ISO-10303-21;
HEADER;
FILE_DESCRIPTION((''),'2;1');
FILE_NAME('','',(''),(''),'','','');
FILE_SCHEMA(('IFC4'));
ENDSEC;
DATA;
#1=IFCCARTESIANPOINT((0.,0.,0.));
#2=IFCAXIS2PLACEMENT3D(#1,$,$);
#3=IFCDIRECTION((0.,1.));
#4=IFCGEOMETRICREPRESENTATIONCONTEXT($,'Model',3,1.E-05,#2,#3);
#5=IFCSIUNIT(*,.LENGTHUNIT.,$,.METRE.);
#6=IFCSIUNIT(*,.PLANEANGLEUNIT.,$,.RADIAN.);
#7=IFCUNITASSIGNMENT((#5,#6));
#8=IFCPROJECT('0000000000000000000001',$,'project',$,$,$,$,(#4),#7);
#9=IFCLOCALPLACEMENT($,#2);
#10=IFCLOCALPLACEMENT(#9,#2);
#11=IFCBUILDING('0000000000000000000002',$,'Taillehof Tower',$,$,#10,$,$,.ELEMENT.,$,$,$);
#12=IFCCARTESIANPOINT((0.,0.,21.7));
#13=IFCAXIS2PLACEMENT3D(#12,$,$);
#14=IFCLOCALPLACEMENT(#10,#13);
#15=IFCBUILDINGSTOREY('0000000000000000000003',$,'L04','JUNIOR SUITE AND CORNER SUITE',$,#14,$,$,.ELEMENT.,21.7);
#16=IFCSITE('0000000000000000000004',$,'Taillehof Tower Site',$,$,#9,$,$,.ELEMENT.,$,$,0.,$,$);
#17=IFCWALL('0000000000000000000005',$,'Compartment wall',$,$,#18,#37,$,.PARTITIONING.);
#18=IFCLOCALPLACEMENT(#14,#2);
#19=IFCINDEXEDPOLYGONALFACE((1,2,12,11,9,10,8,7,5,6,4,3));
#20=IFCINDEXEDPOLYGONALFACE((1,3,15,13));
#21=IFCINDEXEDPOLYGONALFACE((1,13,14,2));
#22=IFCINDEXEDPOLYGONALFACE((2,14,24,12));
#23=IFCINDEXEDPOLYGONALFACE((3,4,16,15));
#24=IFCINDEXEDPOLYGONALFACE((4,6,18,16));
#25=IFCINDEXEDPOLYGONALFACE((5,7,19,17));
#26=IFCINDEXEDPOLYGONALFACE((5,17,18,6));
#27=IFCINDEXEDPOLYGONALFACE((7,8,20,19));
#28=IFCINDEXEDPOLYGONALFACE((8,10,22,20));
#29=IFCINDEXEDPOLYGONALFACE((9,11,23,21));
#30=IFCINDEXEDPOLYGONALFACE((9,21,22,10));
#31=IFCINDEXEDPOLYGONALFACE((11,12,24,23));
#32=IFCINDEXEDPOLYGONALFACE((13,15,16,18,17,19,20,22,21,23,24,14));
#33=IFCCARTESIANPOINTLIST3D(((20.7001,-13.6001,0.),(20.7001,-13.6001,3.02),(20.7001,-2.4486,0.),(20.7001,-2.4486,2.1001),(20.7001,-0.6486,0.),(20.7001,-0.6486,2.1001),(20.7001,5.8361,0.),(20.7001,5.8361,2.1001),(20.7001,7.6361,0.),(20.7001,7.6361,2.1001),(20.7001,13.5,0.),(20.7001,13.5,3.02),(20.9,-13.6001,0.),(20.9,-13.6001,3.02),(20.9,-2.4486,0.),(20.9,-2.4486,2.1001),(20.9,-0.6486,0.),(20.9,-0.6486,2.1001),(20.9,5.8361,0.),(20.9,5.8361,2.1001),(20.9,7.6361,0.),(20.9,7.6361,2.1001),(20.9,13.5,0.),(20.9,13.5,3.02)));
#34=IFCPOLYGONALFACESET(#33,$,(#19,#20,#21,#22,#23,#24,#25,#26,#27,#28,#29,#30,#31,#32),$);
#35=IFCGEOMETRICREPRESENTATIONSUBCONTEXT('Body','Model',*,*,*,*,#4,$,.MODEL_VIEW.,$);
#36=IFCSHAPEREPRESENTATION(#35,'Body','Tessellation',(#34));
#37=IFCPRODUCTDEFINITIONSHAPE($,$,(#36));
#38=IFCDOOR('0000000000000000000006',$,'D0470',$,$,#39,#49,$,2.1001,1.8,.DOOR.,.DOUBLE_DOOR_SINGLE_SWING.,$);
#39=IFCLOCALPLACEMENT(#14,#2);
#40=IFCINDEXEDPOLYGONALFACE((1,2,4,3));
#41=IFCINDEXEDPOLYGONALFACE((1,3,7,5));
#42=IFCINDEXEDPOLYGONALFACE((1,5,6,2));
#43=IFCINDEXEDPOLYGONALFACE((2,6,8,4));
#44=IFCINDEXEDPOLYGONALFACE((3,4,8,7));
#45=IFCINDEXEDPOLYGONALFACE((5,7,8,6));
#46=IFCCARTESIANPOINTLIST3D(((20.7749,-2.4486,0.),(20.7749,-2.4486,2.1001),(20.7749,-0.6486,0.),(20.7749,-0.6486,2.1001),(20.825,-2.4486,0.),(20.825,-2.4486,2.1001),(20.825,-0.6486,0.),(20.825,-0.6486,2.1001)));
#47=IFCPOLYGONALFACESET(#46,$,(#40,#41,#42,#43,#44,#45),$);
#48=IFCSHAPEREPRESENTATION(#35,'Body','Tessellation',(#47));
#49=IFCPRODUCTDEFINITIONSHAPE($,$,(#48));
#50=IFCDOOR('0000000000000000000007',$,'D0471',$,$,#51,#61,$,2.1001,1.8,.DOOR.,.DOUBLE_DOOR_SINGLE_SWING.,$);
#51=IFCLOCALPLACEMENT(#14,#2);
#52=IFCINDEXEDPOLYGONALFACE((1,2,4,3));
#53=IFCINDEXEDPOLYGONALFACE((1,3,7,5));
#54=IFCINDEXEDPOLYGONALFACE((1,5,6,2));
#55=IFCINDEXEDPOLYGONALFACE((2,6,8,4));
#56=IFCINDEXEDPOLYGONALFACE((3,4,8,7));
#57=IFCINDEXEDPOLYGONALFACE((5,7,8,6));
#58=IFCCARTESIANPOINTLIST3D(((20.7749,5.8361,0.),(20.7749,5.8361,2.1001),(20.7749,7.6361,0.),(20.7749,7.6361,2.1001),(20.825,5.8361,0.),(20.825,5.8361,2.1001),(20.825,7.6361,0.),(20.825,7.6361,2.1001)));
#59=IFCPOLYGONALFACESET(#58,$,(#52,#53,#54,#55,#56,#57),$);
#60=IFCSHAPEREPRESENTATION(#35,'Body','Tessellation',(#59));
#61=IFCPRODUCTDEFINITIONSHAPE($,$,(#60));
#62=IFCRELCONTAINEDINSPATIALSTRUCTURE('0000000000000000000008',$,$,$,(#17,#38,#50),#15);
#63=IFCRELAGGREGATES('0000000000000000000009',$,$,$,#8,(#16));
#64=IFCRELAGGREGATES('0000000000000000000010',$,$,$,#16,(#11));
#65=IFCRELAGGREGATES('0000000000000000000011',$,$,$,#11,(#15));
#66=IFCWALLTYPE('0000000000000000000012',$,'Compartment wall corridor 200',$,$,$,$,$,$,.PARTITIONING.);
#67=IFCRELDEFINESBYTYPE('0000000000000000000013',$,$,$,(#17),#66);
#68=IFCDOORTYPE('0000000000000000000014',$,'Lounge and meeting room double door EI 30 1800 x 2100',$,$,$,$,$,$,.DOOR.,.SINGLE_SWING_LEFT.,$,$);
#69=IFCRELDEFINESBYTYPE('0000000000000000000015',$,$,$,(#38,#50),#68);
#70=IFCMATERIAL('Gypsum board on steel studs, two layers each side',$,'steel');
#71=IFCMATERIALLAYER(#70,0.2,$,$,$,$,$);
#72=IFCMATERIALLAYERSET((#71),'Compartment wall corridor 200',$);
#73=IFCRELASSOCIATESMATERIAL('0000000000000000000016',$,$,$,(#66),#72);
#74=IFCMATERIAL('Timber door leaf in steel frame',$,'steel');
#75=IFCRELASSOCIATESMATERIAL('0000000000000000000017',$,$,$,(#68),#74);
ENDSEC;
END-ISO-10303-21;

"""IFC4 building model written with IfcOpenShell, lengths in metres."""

from ifc_helpers import new_model, si_unit, direction, frame, frame_2d, origin, place, context, subcontext, project, spatial, rectangle, extrude, material, layer, layer_set, type_object, element, fill, save


model = new_model("IFC4")

# Units and contexts
model_context = context("Model", 3, precision=1e-05, world=origin(), true_north=direction((0.0, 1.0)))
body_context = subcontext(model_context, "Body", "Model", "MODEL_VIEW")
ifc_project = project(units=[si_unit("LENGTHUNIT", "METRE"), si_unit("PLANEANGLEUNIT", "RADIAN")], contexts=[model_context])

# Site, building, storey
site_placement = place(None, origin())
site = spatial("IfcSite", under=ifc_project, at=site_placement, Name="Taillehof Tower Site", CompositionType="ELEMENT", RefElevation=0.0)
building_placement = place(site_placement, origin())
building = spatial("IfcBuilding", under=site, at=building_placement, Name="Taillehof Tower", CompositionType="ELEMENT")
storey_placement = place(building_placement, frame((0.0, 0.0, 21.7)))
storey = spatial("IfcBuildingStorey", under=building, at=storey_placement, Name="L04", Description="JUNIOR SUITE AND CORNER SUITE", CompositionType="ELEMENT", Elevation=21.7)

# Wall, openings, doors
ifc_material_1 = material(Name="Gypsum board on steel studs, two layers each side", Category="steel")
ifc_layer_1 = layer(ifc_material_1, 0.2)
ifc_layer_set_1 = layer_set([ifc_layer_1], Name="Compartment wall corridor 200")
wall_type_1 = type_object("IfcWallType", Name="Compartment wall corridor 200", PredefinedType="PARTITIONING", material=ifc_layer_set_1)
wall_1_placement = place(storey_placement, frame((20.8, 13.5, 0.0), z_axis=(0.0, 0.0, 1.0), x_axis=(0.0, -1.0, 0.0)))
wall_1 = element("IfcWall", 1, at=wall_1_placement, inside=storey, type_object=wall_type_1, Name="Compartment wall", PredefinedType="PARTITIONING", context=body_context, shape_type="SweptSolid", body=[
    extrude(rectangle(XDim=27.1001, YDim=0.2, at=frame_2d((13.55, 0.0))), origin(), (0.0, 0.0, 1.0), 3.02),
])
opening_1_placement = place(wall_1_placement, frame((14.1487, 0.0, 0.0)))
opening_1 = element("IfcOpeningElement", 2, at=opening_1_placement, cuts=wall_1, PredefinedType="OPENING", context=body_context, shape_type="SweptSolid", body=[
    extrude(rectangle(XDim=1.8, YDim=2.1001, at=frame_2d((0.8999, 1.05))), frame((0.0, 0.1099, 0.0), z_axis=(0.0, -1.0, 0.0), x_axis=(1.0, 0.0, 0.0)), (0.0, 0.0, 1.0), 0.22),
])
opening_2_placement = place(wall_1_placement, frame((5.864, 0.0, 0.0)))
opening_2 = element("IfcOpeningElement", 3, at=opening_2_placement, cuts=wall_1, PredefinedType="OPENING", context=body_context, shape_type="SweptSolid", body=[
    extrude(rectangle(XDim=1.8, YDim=2.1001, at=frame_2d((0.8999, 1.05))), frame((0.0, 0.1099, 0.0), z_axis=(0.0, -1.0, 0.0), x_axis=(1.0, 0.0, 0.0)), (0.0, 0.0, 1.0), 0.22),
])
ifc_material_2 = material(Name="Timber door leaf in steel frame", Category="steel")
door_type = type_object("IfcDoorType", Name="Lounge and meeting room double door EI 30 1800 x 2100", OperationType="SINGLE_SWING_LEFT", PredefinedType="DOOR", material=ifc_material_2)
door_1_placement = place(opening_1_placement, origin())
door_1 = element("IfcDoor", 4, at=door_1_placement, inside=storey, type_object=door_type, Name="D0470", OperationType="DOUBLE_DOOR_SINGLE_SWING", OverallHeight=2.1001, OverallWidth=1.8, PredefinedType="DOOR", context=body_context, shape_type="SweptSolid", body=[
    extrude(rectangle(XDim=1.8, YDim=2.1001, at=frame_2d((0.8999, 1.05))), frame((0.0, 0.0249, 0.0), z_axis=(0.0, -1.0, 0.0), x_axis=(1.0, 0.0, 0.0)), (0.0, 0.0, 1.0), 0.05),
])
fill(opening_1, door_1)
door_2_placement = place(opening_2_placement, origin())
door_2 = element("IfcDoor", 5, at=door_2_placement, inside=storey, type_object=door_type, Name="D0471", OperationType="DOUBLE_DOOR_SINGLE_SWING", OverallHeight=2.1001, OverallWidth=1.8, PredefinedType="DOOR", context=body_context, shape_type="SweptSolid", body=[
    extrude(rectangle(XDim=1.8, YDim=2.1001, at=frame_2d((0.8999, 1.05))), frame((0.0, 0.0249, 0.0), z_axis=(0.0, -1.0, 0.0), x_axis=(1.0, 0.0, 0.0)), (0.0, 0.0, 1.0), 0.05),
])
fill(opening_2, door_2)

save(model, "model.ifc")
